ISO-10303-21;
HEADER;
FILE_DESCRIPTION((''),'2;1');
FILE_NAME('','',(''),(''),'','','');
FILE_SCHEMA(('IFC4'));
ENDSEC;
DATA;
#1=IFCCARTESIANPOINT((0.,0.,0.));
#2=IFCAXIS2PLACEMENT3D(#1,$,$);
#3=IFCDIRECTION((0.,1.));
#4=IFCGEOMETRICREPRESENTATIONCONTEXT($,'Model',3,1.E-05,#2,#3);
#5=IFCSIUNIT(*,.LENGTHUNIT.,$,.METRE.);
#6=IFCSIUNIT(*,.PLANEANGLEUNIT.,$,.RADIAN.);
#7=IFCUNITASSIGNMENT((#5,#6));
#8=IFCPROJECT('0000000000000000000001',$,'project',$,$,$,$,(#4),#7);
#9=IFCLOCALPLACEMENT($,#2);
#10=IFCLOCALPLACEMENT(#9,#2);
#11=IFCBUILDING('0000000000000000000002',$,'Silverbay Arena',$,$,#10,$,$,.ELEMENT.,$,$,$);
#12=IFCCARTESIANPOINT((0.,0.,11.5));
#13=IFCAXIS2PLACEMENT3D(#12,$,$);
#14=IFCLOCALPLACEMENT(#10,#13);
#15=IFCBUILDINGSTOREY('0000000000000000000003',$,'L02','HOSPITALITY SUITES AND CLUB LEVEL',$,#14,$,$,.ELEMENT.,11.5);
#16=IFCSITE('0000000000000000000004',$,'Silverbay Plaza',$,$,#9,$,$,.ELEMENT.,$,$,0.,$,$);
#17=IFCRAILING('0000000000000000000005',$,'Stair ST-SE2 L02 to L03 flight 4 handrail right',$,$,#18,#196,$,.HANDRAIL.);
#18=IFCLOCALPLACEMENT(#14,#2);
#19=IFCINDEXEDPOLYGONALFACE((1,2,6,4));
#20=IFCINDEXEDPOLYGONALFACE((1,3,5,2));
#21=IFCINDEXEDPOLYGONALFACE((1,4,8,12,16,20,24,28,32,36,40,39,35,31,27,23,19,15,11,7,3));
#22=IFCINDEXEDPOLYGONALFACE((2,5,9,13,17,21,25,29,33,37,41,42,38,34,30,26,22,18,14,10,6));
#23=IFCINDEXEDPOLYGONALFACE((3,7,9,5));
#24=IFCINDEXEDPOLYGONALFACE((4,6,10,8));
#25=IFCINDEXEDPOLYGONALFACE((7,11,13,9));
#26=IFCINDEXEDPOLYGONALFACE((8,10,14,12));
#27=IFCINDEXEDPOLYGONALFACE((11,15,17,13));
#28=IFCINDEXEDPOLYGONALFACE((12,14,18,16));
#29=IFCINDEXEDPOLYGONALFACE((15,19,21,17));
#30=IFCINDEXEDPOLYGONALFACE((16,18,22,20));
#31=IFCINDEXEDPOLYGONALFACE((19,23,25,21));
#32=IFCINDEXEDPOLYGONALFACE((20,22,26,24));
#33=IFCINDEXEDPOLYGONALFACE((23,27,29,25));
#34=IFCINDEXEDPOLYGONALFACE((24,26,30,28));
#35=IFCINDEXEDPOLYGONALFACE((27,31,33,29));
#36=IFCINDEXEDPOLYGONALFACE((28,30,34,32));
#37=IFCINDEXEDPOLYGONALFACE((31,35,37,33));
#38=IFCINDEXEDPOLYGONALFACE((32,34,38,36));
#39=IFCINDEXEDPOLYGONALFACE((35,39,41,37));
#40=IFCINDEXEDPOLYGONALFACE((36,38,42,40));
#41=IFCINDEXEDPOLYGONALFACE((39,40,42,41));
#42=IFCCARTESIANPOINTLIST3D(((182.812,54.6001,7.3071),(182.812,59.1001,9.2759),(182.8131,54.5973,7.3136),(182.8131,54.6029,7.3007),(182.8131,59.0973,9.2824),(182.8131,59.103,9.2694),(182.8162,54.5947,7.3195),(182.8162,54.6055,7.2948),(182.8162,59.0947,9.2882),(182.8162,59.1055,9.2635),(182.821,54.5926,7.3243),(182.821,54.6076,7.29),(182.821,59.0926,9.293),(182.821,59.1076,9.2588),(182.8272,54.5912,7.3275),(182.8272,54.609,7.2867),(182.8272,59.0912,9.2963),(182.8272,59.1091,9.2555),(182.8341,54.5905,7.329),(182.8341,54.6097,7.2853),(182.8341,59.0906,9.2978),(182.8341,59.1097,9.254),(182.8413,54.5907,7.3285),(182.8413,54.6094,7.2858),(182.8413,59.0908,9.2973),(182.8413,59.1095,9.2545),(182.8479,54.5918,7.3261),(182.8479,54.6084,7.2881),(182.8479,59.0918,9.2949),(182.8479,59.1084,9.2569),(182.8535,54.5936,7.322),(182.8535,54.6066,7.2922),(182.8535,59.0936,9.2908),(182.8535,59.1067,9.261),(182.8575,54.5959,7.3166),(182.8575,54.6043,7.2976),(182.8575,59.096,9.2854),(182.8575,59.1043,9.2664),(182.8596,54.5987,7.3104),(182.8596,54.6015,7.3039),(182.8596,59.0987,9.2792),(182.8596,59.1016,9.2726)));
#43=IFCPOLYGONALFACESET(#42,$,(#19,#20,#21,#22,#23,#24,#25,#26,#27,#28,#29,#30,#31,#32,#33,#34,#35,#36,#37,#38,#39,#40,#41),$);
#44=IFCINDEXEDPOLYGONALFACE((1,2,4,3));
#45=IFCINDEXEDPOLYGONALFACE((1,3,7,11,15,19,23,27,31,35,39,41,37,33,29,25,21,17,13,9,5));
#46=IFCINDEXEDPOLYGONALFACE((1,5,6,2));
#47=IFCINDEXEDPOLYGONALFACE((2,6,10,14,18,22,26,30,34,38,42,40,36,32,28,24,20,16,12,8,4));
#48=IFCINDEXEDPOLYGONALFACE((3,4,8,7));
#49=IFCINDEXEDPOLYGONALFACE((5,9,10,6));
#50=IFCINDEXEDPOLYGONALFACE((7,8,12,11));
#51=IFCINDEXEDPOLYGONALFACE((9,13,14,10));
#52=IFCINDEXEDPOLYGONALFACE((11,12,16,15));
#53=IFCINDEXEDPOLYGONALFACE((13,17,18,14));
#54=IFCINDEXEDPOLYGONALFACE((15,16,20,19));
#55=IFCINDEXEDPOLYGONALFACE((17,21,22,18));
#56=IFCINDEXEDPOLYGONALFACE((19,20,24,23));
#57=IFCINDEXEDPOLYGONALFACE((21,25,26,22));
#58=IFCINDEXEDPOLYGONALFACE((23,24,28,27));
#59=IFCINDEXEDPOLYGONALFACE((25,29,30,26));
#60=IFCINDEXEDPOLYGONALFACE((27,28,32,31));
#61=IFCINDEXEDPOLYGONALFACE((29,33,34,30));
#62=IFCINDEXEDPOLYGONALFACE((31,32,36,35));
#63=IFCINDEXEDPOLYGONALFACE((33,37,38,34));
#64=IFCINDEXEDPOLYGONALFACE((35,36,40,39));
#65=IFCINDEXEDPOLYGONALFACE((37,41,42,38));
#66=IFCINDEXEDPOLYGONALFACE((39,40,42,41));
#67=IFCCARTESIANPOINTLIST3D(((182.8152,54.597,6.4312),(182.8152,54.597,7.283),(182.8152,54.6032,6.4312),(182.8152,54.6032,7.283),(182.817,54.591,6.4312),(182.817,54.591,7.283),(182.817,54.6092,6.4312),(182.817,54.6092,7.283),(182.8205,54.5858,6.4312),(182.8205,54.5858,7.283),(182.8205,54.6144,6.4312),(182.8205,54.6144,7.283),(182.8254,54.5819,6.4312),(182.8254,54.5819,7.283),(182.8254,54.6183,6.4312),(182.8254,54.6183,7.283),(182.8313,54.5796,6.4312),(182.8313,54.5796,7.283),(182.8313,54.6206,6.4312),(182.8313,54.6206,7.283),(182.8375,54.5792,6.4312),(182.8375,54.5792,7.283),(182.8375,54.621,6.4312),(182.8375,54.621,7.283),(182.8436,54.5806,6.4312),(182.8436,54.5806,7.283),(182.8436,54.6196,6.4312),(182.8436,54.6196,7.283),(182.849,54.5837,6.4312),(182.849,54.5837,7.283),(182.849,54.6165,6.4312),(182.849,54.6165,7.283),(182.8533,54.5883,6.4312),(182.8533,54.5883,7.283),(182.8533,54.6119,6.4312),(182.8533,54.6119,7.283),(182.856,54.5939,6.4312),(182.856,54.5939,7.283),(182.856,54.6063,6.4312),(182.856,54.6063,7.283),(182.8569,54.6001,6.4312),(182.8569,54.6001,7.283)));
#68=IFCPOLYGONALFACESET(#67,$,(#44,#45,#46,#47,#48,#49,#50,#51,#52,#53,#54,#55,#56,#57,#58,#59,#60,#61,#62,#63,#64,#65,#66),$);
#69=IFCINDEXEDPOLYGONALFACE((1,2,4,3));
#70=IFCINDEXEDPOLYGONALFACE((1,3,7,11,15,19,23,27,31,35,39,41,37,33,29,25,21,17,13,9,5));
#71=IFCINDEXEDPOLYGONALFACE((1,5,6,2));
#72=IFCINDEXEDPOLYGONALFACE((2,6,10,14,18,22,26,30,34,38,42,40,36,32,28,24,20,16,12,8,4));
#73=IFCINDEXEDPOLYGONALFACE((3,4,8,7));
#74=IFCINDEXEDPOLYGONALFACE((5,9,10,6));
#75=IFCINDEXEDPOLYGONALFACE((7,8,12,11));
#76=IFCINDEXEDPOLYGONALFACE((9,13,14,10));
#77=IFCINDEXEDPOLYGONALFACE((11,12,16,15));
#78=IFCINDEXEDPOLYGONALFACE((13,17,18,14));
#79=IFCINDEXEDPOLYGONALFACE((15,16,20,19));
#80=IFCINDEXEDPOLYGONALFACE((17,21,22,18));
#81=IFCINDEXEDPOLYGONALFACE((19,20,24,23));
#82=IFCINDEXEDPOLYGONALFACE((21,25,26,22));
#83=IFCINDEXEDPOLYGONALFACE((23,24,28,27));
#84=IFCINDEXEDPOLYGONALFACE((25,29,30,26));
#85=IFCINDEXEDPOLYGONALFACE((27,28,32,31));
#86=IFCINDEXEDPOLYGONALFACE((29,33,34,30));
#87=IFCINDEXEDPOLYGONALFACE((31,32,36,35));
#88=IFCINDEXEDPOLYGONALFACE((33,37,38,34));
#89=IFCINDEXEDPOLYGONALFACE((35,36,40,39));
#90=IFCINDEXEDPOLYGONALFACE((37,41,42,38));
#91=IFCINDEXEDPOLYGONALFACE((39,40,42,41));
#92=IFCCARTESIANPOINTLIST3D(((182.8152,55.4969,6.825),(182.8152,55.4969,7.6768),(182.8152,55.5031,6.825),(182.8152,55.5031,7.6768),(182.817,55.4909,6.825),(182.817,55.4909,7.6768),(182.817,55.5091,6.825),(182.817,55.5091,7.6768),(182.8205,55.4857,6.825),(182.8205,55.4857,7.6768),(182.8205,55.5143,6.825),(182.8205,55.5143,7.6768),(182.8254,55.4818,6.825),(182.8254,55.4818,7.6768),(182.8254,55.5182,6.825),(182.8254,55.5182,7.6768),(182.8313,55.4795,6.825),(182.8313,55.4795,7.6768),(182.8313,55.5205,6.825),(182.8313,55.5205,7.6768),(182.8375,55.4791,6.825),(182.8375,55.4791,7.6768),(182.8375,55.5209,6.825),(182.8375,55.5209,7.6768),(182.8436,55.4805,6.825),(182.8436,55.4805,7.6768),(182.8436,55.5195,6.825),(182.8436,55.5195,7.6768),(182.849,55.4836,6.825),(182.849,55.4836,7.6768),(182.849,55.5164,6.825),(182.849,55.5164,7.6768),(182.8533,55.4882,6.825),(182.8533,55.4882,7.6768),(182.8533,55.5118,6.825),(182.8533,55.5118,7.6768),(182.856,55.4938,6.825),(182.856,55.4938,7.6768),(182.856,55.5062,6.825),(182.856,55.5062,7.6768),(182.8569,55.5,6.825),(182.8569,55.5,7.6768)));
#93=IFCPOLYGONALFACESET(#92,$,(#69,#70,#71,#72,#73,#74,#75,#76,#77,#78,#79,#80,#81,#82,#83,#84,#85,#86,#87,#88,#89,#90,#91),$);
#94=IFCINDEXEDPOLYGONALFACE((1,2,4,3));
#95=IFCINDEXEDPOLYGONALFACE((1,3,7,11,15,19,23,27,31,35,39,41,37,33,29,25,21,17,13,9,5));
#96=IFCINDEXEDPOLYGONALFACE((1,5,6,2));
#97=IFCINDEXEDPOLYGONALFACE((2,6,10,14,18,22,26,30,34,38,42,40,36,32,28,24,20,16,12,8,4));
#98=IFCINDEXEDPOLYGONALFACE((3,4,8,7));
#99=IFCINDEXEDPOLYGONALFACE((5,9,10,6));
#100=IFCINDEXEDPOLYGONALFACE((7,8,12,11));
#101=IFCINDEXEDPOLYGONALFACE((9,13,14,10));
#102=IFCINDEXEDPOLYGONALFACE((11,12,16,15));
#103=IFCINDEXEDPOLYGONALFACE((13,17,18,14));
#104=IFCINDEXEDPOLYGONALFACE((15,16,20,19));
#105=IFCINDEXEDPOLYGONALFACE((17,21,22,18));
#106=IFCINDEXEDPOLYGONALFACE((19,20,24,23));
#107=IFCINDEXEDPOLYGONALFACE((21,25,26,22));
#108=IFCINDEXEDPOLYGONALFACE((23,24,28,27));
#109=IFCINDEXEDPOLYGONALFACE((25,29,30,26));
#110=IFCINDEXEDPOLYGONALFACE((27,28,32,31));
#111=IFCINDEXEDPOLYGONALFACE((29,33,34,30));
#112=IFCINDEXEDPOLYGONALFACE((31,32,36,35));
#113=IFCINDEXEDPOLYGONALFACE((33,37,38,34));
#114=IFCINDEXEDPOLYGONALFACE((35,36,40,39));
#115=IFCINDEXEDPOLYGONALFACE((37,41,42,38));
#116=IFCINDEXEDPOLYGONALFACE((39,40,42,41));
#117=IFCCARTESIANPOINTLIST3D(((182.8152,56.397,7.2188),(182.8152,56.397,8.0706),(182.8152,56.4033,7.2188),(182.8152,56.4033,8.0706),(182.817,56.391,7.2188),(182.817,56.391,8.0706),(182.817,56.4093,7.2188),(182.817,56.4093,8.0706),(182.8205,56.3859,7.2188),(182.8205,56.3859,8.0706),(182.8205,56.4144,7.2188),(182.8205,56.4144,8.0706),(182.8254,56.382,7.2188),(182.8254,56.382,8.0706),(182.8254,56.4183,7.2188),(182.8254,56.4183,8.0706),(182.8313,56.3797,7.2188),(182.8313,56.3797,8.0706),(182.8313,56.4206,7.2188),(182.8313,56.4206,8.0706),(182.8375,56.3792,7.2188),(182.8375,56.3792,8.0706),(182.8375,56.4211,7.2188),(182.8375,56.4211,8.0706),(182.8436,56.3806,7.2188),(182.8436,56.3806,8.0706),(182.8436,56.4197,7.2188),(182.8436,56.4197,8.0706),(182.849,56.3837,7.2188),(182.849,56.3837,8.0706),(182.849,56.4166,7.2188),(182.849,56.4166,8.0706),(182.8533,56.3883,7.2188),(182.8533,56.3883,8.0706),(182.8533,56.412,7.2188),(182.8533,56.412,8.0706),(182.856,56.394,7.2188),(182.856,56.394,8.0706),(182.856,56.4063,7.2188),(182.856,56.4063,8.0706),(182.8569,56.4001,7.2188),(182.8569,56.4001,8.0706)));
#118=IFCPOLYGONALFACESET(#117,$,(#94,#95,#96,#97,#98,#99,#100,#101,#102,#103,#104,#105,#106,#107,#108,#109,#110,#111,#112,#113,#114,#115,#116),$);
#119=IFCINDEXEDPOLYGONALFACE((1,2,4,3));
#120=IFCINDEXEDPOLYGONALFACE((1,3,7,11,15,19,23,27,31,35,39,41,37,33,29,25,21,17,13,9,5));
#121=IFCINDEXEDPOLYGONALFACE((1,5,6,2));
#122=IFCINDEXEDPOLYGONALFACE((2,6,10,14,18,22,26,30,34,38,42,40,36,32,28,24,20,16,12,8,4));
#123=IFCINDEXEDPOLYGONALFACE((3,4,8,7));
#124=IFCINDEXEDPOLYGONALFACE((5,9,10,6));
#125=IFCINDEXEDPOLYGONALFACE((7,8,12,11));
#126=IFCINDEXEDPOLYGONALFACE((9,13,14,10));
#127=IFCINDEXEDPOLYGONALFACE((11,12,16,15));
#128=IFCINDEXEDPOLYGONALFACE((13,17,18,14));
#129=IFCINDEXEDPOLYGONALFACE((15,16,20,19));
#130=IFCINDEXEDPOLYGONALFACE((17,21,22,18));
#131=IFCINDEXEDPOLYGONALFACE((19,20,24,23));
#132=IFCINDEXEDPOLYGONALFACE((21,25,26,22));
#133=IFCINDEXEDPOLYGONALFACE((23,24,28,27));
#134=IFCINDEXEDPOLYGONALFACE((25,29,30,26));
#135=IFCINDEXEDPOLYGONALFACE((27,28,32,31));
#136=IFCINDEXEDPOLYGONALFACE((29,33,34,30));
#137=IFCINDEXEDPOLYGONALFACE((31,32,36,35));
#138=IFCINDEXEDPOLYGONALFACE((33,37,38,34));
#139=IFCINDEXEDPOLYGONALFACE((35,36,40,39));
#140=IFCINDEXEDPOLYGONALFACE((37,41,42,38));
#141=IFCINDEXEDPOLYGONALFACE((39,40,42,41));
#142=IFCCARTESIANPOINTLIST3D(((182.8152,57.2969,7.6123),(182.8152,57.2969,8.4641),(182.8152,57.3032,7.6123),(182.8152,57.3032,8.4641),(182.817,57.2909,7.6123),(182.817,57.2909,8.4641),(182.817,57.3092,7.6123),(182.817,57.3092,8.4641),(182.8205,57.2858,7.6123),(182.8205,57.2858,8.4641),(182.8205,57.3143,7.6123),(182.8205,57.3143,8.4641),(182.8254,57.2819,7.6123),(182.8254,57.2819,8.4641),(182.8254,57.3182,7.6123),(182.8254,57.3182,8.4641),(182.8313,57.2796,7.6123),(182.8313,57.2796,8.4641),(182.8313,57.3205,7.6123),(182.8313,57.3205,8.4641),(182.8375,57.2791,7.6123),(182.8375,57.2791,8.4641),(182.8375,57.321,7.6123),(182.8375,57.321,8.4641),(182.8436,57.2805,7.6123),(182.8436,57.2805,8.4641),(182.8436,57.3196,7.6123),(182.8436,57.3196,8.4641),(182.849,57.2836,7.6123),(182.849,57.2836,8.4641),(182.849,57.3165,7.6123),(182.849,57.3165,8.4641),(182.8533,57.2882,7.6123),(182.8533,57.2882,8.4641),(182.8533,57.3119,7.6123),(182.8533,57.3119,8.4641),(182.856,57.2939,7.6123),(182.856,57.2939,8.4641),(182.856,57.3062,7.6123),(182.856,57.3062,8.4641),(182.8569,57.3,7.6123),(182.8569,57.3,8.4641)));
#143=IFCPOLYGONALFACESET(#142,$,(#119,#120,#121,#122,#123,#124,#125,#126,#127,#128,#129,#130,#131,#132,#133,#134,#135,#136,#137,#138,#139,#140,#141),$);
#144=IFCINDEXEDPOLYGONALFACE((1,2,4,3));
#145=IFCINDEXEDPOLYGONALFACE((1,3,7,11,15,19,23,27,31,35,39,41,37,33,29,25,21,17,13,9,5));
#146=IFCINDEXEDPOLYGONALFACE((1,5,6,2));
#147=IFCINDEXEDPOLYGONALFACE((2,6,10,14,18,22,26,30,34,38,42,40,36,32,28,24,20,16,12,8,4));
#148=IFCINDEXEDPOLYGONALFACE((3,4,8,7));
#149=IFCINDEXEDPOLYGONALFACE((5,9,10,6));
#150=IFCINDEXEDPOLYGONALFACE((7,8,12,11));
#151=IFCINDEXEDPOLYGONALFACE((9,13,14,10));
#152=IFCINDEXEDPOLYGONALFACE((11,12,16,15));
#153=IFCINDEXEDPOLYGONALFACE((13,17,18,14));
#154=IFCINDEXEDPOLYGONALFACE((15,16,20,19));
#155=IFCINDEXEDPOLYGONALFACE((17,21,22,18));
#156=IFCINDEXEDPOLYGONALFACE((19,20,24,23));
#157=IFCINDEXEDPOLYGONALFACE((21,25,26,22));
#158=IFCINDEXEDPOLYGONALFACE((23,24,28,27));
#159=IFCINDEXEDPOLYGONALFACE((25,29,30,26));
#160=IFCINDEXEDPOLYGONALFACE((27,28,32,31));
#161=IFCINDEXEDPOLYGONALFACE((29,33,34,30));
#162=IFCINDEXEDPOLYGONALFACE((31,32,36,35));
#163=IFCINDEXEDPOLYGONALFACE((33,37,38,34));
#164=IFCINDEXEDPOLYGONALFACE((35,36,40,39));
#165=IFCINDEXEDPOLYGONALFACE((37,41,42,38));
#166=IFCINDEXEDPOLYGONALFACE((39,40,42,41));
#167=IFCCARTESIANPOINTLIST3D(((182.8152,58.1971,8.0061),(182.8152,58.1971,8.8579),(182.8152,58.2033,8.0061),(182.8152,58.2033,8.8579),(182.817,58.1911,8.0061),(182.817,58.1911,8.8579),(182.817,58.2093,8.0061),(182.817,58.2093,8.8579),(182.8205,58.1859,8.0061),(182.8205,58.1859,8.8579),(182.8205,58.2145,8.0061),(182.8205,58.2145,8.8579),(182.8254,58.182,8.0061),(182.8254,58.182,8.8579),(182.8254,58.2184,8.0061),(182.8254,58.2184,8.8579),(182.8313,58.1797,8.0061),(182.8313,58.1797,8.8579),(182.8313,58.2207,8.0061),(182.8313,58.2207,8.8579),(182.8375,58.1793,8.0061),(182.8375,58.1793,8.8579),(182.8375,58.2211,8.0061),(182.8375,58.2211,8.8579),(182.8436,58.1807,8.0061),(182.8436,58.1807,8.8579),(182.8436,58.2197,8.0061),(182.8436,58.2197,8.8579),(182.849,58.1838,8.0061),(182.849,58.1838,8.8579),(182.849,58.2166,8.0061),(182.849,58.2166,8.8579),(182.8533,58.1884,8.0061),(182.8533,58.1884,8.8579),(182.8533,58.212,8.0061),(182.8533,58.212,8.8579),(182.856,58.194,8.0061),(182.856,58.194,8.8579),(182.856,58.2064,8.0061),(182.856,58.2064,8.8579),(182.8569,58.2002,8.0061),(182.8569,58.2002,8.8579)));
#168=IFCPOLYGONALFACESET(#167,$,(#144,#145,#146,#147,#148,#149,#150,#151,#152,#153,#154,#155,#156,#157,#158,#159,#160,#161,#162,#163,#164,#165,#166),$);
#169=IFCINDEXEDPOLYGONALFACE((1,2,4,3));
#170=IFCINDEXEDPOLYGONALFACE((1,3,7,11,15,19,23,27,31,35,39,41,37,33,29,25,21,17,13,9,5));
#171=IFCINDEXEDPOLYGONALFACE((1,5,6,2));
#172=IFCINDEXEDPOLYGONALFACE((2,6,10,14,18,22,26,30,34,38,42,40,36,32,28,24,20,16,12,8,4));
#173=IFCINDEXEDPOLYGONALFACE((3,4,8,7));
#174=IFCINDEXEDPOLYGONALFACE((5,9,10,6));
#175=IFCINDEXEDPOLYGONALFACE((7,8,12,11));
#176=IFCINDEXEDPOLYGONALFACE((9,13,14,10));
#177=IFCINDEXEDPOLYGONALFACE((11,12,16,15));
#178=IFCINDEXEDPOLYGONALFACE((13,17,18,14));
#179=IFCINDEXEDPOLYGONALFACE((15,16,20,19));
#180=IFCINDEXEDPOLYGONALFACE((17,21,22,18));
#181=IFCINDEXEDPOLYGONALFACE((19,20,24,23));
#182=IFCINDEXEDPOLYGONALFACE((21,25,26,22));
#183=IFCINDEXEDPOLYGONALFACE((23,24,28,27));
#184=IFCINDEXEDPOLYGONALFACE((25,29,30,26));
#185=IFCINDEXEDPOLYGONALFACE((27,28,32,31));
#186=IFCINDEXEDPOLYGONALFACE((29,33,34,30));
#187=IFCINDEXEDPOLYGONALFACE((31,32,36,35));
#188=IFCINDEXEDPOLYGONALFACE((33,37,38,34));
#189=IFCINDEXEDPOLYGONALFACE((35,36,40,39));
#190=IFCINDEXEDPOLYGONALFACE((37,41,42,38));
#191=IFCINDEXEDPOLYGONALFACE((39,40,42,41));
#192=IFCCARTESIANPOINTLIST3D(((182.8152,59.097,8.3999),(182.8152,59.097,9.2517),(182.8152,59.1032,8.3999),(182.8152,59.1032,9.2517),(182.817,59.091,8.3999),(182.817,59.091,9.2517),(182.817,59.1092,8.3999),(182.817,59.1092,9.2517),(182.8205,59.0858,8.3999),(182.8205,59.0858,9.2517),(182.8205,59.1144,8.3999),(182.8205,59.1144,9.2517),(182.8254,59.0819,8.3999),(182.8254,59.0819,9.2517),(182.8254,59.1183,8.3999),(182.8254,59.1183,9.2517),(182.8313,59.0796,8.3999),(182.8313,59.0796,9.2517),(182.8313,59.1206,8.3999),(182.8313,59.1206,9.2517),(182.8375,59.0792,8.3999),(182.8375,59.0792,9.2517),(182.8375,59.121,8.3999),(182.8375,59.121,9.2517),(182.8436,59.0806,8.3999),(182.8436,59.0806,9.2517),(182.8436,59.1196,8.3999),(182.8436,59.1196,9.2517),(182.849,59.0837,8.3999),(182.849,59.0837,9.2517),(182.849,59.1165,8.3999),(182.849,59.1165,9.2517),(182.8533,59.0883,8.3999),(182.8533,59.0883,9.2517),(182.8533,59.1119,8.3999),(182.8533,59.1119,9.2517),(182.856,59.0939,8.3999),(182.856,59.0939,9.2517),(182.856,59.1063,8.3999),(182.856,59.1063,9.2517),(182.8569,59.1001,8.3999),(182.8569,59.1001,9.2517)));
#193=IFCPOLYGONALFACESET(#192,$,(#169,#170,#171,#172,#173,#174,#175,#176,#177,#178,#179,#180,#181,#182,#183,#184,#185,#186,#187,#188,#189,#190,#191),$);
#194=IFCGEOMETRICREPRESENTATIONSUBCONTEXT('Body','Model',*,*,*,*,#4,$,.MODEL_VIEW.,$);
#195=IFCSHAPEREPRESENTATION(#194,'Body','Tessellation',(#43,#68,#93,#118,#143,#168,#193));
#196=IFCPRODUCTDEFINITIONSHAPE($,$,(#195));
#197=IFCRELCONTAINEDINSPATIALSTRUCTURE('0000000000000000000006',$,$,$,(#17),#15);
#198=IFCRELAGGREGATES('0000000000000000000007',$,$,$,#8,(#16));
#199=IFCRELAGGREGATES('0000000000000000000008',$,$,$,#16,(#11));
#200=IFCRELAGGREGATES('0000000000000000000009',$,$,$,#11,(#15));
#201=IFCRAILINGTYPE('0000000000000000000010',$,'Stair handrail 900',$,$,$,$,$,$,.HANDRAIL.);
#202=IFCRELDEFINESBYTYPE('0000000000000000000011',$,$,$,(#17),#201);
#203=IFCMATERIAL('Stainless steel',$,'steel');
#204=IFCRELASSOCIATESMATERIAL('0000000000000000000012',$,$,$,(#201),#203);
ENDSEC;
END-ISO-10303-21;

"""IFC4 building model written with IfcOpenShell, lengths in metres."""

from ifc_helpers import new_model, si_unit, direction, frame, origin, origin_2d, place, context, subcontext, project, spatial, circle, extrude, material, type_object, element, save


model = new_model("IFC4")

# Units and contexts
model_context = context("Model", 3, precision=1e-05, world=origin(), true_north=direction((0.0, 1.0)))
body_context = subcontext(model_context, "Body", "Model", "MODEL_VIEW")
ifc_project = project(units=[si_unit("LENGTHUNIT", "METRE"), si_unit("PLANEANGLEUNIT", "RADIAN")], contexts=[model_context])

# Site, building, storey
site_placement = place(None, origin())
site = spatial("IfcSite", under=ifc_project, at=site_placement, Name="Silverbay Plaza", CompositionType="ELEMENT", RefElevation=0.0)
building_placement = place(site_placement, origin())
building = spatial("IfcBuilding", under=site, at=building_placement, Name="Silverbay Arena", CompositionType="ELEMENT")
storey_placement = place(building_placement, frame((0.0, 0.0, 11.5)))
storey = spatial("IfcBuildingStorey", under=building, at=storey_placement, Name="L02", Description="HOSPITALITY SUITES AND CLUB LEVEL", CompositionType="ELEMENT", Elevation=11.5)

# Railing
ifc_material_1 = material(Name="Stainless steel", Category="steel")
railing_type_1 = type_object("IfcRailingType", Name="Stair handrail 900", PredefinedType="HANDRAIL", material=ifc_material_1)
for number, where, name in (
    (1, (182.8359, 54.6001, 6.4312), "Stair ST-SE2 L02 to L03 flight 4 handrail right"),
):
    element("IfcRailing", number, at=place(storey_placement, frame(where)), inside=storey, type_object=railing_type_1, Name=name, PredefinedType="HANDRAIL", context=body_context, shape_type="SweptSolid", body=[
        extrude(circle(Radius=0.0239, at=origin_2d()), frame((0.0, 0.0, 0.876), z_axis=(0.0, 0.916157, 0.400819), x_axis=(-1.0, 0.0, 0.0)), (0.0, 0.0, 1.0), 4.9119),
        extrude(circle(Radius=0.021, at=origin_2d()), origin(), (0.0, 0.0, 1.0), 0.8518),
        extrude(circle(Radius=0.021, at=origin_2d()), frame((0.0, 0.8999, 0.3938)), (0.0, 0.0, 1.0), 0.8518),
        extrude(circle(Radius=0.021, at=origin_2d()), frame((0.0, 1.8, 0.7876)), (0.0, 0.0, 1.0), 0.8518),
        extrude(circle(Radius=0.021, at=origin_2d()), frame((0.0, 2.7, 1.1812)), (0.0, 0.0, 1.0), 0.8518),
        extrude(circle(Radius=0.021, at=origin_2d()), frame((0.0, 3.6001, 1.575)), (0.0, 0.0, 1.0), 0.8518),
        extrude(circle(Radius=0.021, at=origin_2d()), frame((0.0, 4.5, 1.9688)), (0.0, 0.0, 1.0), 0.8518),
    ])

save(model, "model.ifc")
